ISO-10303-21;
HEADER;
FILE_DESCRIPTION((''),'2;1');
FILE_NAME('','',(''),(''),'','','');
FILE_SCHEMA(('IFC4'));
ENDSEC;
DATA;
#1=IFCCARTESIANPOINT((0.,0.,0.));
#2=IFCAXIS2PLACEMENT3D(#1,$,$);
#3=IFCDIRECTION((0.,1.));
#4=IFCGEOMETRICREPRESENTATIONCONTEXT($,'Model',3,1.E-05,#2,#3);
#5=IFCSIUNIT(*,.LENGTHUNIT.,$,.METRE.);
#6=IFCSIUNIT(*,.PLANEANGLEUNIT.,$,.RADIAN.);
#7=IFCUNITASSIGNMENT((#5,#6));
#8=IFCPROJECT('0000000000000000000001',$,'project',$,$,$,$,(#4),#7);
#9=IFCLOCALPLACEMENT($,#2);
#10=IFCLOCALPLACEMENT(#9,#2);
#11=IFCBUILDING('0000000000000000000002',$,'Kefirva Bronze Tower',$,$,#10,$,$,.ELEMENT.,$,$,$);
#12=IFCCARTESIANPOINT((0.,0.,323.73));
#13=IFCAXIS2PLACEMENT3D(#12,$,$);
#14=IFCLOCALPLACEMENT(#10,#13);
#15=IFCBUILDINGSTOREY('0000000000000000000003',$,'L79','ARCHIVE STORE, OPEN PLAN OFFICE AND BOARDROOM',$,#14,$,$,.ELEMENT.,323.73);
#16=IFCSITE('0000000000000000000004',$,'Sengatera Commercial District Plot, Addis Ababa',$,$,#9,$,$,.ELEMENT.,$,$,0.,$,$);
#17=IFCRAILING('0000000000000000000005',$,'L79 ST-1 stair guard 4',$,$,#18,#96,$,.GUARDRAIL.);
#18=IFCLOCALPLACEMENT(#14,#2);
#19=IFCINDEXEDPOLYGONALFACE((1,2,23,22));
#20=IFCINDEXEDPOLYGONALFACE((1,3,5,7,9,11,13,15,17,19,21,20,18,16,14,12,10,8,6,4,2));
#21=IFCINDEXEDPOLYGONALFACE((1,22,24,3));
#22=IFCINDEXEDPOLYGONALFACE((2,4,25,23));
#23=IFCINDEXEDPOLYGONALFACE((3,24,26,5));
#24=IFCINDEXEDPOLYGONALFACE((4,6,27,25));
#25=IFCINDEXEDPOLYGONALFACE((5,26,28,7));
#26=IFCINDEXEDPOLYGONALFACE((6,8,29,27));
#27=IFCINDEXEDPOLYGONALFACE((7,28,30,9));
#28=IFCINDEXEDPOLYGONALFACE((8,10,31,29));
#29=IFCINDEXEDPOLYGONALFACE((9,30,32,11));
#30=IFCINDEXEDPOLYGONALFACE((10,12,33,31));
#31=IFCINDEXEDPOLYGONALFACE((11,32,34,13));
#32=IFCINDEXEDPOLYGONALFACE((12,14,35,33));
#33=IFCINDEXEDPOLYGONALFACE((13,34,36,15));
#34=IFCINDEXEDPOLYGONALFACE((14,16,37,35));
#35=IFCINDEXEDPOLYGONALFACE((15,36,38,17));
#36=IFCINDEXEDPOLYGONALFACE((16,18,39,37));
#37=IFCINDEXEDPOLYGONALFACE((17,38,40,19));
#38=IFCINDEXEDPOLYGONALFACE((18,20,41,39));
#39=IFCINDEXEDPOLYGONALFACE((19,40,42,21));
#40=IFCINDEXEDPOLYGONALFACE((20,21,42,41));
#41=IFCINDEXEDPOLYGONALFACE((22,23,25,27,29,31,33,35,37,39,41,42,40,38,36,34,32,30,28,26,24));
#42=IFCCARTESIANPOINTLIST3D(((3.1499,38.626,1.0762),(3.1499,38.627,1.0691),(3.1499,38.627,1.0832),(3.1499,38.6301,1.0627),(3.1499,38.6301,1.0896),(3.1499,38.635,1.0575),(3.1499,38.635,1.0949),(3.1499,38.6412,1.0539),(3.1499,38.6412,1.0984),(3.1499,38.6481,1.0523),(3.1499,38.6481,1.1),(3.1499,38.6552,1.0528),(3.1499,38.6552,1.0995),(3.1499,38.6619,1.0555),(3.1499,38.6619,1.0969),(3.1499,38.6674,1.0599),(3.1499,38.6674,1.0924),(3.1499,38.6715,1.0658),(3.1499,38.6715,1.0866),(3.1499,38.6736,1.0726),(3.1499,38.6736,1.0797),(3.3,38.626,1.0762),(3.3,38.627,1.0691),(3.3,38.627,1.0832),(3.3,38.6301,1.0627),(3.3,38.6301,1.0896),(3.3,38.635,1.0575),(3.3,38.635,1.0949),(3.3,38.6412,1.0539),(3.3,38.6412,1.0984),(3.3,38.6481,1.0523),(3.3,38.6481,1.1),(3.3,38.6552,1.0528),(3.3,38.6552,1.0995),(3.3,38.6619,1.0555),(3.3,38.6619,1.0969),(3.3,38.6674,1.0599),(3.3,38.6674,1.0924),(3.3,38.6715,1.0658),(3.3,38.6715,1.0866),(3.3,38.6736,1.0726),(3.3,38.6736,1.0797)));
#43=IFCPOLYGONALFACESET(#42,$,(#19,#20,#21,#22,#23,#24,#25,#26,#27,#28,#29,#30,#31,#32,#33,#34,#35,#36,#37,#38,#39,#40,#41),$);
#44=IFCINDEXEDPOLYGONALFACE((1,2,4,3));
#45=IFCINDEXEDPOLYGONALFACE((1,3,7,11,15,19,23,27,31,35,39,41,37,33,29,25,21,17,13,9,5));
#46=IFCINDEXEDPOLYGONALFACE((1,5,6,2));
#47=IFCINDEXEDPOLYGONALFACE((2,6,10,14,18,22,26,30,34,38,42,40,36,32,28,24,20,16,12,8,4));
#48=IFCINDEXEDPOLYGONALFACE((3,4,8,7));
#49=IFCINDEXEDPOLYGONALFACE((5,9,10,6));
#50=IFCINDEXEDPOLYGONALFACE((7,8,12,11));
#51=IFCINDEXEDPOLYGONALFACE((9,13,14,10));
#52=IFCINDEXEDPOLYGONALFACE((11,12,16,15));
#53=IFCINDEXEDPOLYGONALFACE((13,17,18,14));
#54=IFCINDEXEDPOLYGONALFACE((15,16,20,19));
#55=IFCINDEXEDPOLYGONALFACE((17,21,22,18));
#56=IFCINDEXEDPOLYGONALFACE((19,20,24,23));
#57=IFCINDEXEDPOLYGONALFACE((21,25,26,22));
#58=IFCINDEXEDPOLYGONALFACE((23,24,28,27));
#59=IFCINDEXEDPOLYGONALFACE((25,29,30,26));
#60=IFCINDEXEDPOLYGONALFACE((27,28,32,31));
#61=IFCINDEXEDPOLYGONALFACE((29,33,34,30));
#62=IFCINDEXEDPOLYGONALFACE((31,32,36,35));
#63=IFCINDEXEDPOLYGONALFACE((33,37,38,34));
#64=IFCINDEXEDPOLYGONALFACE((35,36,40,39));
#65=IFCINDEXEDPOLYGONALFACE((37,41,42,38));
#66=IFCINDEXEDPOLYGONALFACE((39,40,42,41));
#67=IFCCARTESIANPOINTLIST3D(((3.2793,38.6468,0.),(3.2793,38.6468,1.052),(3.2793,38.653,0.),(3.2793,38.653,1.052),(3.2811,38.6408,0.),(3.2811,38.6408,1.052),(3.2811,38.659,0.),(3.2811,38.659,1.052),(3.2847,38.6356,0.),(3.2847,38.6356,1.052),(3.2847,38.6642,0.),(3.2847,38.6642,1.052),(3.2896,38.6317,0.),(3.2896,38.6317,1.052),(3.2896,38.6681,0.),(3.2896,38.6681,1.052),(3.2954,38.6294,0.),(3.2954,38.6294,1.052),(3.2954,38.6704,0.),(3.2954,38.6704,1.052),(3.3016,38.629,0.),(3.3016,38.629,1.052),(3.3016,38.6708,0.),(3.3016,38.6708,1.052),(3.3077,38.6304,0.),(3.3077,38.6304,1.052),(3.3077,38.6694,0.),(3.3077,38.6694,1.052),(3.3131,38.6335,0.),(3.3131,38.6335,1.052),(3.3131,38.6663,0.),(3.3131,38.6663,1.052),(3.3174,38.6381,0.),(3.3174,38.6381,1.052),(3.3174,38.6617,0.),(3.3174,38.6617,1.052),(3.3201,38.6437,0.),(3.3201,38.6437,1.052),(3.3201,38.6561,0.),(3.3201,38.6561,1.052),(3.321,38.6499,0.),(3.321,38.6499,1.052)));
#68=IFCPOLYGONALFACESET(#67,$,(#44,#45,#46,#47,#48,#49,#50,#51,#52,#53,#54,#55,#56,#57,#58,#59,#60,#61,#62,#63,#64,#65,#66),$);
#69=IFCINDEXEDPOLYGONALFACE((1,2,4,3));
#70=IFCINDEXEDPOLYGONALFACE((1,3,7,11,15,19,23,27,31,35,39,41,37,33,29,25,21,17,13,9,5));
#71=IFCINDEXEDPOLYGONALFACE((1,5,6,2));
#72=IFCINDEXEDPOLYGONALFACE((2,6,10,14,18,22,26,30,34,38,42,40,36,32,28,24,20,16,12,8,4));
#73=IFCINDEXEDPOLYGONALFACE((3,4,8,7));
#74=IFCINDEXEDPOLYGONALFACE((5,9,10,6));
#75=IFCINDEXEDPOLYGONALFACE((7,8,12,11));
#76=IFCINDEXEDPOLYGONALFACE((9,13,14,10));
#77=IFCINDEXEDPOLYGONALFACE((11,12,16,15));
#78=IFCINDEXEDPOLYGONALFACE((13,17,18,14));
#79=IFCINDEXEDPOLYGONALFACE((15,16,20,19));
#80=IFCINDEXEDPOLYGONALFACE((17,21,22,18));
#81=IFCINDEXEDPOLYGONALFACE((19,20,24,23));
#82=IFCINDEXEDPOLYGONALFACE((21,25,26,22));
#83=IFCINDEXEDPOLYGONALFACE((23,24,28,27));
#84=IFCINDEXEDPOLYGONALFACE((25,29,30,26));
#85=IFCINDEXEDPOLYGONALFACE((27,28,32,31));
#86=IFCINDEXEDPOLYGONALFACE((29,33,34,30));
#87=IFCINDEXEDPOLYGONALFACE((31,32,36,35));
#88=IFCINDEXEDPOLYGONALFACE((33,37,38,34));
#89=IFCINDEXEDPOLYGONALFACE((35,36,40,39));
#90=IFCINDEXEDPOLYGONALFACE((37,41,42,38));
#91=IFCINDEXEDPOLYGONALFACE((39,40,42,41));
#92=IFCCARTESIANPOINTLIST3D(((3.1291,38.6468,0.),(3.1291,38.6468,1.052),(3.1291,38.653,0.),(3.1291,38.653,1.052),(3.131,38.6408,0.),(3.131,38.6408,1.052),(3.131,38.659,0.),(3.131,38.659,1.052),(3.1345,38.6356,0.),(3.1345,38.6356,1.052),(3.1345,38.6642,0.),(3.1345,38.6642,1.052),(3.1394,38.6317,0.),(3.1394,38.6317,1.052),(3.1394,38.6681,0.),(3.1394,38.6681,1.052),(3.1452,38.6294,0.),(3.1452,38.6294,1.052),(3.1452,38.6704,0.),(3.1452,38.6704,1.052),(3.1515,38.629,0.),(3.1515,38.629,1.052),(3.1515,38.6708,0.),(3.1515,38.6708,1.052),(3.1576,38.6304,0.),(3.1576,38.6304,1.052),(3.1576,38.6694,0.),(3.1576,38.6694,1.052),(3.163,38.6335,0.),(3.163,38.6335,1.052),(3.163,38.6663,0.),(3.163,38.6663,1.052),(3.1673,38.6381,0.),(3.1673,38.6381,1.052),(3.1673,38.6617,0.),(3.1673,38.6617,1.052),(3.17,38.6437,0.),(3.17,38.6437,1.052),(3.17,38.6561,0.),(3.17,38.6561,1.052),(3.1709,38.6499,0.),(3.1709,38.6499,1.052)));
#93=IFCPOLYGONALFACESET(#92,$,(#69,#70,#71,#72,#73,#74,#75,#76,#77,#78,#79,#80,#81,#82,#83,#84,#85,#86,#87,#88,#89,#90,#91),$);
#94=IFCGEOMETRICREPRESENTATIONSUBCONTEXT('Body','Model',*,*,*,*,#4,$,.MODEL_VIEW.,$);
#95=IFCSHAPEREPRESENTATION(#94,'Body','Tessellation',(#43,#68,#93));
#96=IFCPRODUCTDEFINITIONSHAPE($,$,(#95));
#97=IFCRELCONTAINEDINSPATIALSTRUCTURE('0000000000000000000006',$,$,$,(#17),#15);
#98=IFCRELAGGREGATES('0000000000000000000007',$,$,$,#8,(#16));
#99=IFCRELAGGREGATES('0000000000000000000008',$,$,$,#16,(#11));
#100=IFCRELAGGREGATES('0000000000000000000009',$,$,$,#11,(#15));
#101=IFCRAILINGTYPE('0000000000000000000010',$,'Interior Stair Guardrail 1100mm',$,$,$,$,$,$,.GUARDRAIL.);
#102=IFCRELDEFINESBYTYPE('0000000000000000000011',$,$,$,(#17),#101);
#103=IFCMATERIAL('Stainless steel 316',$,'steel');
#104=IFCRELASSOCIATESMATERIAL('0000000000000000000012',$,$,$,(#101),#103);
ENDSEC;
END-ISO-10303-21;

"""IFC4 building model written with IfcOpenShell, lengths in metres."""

from ifc_helpers import new_model, si_unit, direction, frame, origin, origin_2d, place, context, subcontext, project, spatial, circle, extrude, material, type_object, element, save


model = new_model("IFC4")

# Units and contexts
model_context = context("Model", 3, precision=1e-05, world=origin(), true_north=direction((0.0, 1.0)))
body_context = subcontext(model_context, "Body", "Model", "MODEL_VIEW")
ifc_project = project(units=[si_unit("LENGTHUNIT", "METRE"), si_unit("PLANEANGLEUNIT", "RADIAN")], contexts=[model_context])

# Site, building, storey
site_placement = place(None, origin())
site = spatial("IfcSite", under=ifc_project, at=site_placement, Name="Sengatera Commercial District Plot, Addis Ababa", CompositionType="ELEMENT", RefElevation=0.0)
building_placement = place(site_placement, origin())
building = spatial("IfcBuilding", under=site, at=building_placement, Name="Kefirva Bronze Tower", CompositionType="ELEMENT")
storey_placement = place(building_placement, frame((0.0, 0.0, 323.73)))
storey = spatial("IfcBuildingStorey", under=building, at=storey_placement, Name="L79", Description="ARCHIVE STORE, OPEN PLAN OFFICE AND BOARDROOM", CompositionType="ELEMENT", Elevation=323.73)

# Railing
ifc_material_1 = material(Name="Stainless steel 316", Category="steel")
railing_type_1 = type_object("IfcRailingType", Name="Interior Stair Guardrail 1100mm", PredefinedType="GUARDRAIL", material=ifc_material_1)
railing_1_placement = place(storey_placement, frame((3.3, 38.6499, 0.0)))
element("IfcRailing", 1, at=railing_1_placement, inside=storey, type_object=railing_type_1, Name="L79 ST-1 stair guard 4", PredefinedType="GUARDRAIL", context=body_context, shape_type="SweptSolid", body=[
    extrude(circle(Radius=0.0239, at=origin_2d()), frame((0.0, 0.0, 1.0762), z_axis=(-1.0, 0.0, 0.0), x_axis=(0.0, -1.0, 0.0)), (0.0, 0.0, 1.0), 0.1501),
    extrude(circle(Radius=0.021, at=origin_2d()), origin(), (0.0, 0.0, 1.0), 1.052),
    extrude(circle(Radius=0.021, at=origin_2d()), frame((-0.1501, 0.0, 0.0)), (0.0, 0.0, 1.0), 1.052),
])

save(model, "model.ifc")
